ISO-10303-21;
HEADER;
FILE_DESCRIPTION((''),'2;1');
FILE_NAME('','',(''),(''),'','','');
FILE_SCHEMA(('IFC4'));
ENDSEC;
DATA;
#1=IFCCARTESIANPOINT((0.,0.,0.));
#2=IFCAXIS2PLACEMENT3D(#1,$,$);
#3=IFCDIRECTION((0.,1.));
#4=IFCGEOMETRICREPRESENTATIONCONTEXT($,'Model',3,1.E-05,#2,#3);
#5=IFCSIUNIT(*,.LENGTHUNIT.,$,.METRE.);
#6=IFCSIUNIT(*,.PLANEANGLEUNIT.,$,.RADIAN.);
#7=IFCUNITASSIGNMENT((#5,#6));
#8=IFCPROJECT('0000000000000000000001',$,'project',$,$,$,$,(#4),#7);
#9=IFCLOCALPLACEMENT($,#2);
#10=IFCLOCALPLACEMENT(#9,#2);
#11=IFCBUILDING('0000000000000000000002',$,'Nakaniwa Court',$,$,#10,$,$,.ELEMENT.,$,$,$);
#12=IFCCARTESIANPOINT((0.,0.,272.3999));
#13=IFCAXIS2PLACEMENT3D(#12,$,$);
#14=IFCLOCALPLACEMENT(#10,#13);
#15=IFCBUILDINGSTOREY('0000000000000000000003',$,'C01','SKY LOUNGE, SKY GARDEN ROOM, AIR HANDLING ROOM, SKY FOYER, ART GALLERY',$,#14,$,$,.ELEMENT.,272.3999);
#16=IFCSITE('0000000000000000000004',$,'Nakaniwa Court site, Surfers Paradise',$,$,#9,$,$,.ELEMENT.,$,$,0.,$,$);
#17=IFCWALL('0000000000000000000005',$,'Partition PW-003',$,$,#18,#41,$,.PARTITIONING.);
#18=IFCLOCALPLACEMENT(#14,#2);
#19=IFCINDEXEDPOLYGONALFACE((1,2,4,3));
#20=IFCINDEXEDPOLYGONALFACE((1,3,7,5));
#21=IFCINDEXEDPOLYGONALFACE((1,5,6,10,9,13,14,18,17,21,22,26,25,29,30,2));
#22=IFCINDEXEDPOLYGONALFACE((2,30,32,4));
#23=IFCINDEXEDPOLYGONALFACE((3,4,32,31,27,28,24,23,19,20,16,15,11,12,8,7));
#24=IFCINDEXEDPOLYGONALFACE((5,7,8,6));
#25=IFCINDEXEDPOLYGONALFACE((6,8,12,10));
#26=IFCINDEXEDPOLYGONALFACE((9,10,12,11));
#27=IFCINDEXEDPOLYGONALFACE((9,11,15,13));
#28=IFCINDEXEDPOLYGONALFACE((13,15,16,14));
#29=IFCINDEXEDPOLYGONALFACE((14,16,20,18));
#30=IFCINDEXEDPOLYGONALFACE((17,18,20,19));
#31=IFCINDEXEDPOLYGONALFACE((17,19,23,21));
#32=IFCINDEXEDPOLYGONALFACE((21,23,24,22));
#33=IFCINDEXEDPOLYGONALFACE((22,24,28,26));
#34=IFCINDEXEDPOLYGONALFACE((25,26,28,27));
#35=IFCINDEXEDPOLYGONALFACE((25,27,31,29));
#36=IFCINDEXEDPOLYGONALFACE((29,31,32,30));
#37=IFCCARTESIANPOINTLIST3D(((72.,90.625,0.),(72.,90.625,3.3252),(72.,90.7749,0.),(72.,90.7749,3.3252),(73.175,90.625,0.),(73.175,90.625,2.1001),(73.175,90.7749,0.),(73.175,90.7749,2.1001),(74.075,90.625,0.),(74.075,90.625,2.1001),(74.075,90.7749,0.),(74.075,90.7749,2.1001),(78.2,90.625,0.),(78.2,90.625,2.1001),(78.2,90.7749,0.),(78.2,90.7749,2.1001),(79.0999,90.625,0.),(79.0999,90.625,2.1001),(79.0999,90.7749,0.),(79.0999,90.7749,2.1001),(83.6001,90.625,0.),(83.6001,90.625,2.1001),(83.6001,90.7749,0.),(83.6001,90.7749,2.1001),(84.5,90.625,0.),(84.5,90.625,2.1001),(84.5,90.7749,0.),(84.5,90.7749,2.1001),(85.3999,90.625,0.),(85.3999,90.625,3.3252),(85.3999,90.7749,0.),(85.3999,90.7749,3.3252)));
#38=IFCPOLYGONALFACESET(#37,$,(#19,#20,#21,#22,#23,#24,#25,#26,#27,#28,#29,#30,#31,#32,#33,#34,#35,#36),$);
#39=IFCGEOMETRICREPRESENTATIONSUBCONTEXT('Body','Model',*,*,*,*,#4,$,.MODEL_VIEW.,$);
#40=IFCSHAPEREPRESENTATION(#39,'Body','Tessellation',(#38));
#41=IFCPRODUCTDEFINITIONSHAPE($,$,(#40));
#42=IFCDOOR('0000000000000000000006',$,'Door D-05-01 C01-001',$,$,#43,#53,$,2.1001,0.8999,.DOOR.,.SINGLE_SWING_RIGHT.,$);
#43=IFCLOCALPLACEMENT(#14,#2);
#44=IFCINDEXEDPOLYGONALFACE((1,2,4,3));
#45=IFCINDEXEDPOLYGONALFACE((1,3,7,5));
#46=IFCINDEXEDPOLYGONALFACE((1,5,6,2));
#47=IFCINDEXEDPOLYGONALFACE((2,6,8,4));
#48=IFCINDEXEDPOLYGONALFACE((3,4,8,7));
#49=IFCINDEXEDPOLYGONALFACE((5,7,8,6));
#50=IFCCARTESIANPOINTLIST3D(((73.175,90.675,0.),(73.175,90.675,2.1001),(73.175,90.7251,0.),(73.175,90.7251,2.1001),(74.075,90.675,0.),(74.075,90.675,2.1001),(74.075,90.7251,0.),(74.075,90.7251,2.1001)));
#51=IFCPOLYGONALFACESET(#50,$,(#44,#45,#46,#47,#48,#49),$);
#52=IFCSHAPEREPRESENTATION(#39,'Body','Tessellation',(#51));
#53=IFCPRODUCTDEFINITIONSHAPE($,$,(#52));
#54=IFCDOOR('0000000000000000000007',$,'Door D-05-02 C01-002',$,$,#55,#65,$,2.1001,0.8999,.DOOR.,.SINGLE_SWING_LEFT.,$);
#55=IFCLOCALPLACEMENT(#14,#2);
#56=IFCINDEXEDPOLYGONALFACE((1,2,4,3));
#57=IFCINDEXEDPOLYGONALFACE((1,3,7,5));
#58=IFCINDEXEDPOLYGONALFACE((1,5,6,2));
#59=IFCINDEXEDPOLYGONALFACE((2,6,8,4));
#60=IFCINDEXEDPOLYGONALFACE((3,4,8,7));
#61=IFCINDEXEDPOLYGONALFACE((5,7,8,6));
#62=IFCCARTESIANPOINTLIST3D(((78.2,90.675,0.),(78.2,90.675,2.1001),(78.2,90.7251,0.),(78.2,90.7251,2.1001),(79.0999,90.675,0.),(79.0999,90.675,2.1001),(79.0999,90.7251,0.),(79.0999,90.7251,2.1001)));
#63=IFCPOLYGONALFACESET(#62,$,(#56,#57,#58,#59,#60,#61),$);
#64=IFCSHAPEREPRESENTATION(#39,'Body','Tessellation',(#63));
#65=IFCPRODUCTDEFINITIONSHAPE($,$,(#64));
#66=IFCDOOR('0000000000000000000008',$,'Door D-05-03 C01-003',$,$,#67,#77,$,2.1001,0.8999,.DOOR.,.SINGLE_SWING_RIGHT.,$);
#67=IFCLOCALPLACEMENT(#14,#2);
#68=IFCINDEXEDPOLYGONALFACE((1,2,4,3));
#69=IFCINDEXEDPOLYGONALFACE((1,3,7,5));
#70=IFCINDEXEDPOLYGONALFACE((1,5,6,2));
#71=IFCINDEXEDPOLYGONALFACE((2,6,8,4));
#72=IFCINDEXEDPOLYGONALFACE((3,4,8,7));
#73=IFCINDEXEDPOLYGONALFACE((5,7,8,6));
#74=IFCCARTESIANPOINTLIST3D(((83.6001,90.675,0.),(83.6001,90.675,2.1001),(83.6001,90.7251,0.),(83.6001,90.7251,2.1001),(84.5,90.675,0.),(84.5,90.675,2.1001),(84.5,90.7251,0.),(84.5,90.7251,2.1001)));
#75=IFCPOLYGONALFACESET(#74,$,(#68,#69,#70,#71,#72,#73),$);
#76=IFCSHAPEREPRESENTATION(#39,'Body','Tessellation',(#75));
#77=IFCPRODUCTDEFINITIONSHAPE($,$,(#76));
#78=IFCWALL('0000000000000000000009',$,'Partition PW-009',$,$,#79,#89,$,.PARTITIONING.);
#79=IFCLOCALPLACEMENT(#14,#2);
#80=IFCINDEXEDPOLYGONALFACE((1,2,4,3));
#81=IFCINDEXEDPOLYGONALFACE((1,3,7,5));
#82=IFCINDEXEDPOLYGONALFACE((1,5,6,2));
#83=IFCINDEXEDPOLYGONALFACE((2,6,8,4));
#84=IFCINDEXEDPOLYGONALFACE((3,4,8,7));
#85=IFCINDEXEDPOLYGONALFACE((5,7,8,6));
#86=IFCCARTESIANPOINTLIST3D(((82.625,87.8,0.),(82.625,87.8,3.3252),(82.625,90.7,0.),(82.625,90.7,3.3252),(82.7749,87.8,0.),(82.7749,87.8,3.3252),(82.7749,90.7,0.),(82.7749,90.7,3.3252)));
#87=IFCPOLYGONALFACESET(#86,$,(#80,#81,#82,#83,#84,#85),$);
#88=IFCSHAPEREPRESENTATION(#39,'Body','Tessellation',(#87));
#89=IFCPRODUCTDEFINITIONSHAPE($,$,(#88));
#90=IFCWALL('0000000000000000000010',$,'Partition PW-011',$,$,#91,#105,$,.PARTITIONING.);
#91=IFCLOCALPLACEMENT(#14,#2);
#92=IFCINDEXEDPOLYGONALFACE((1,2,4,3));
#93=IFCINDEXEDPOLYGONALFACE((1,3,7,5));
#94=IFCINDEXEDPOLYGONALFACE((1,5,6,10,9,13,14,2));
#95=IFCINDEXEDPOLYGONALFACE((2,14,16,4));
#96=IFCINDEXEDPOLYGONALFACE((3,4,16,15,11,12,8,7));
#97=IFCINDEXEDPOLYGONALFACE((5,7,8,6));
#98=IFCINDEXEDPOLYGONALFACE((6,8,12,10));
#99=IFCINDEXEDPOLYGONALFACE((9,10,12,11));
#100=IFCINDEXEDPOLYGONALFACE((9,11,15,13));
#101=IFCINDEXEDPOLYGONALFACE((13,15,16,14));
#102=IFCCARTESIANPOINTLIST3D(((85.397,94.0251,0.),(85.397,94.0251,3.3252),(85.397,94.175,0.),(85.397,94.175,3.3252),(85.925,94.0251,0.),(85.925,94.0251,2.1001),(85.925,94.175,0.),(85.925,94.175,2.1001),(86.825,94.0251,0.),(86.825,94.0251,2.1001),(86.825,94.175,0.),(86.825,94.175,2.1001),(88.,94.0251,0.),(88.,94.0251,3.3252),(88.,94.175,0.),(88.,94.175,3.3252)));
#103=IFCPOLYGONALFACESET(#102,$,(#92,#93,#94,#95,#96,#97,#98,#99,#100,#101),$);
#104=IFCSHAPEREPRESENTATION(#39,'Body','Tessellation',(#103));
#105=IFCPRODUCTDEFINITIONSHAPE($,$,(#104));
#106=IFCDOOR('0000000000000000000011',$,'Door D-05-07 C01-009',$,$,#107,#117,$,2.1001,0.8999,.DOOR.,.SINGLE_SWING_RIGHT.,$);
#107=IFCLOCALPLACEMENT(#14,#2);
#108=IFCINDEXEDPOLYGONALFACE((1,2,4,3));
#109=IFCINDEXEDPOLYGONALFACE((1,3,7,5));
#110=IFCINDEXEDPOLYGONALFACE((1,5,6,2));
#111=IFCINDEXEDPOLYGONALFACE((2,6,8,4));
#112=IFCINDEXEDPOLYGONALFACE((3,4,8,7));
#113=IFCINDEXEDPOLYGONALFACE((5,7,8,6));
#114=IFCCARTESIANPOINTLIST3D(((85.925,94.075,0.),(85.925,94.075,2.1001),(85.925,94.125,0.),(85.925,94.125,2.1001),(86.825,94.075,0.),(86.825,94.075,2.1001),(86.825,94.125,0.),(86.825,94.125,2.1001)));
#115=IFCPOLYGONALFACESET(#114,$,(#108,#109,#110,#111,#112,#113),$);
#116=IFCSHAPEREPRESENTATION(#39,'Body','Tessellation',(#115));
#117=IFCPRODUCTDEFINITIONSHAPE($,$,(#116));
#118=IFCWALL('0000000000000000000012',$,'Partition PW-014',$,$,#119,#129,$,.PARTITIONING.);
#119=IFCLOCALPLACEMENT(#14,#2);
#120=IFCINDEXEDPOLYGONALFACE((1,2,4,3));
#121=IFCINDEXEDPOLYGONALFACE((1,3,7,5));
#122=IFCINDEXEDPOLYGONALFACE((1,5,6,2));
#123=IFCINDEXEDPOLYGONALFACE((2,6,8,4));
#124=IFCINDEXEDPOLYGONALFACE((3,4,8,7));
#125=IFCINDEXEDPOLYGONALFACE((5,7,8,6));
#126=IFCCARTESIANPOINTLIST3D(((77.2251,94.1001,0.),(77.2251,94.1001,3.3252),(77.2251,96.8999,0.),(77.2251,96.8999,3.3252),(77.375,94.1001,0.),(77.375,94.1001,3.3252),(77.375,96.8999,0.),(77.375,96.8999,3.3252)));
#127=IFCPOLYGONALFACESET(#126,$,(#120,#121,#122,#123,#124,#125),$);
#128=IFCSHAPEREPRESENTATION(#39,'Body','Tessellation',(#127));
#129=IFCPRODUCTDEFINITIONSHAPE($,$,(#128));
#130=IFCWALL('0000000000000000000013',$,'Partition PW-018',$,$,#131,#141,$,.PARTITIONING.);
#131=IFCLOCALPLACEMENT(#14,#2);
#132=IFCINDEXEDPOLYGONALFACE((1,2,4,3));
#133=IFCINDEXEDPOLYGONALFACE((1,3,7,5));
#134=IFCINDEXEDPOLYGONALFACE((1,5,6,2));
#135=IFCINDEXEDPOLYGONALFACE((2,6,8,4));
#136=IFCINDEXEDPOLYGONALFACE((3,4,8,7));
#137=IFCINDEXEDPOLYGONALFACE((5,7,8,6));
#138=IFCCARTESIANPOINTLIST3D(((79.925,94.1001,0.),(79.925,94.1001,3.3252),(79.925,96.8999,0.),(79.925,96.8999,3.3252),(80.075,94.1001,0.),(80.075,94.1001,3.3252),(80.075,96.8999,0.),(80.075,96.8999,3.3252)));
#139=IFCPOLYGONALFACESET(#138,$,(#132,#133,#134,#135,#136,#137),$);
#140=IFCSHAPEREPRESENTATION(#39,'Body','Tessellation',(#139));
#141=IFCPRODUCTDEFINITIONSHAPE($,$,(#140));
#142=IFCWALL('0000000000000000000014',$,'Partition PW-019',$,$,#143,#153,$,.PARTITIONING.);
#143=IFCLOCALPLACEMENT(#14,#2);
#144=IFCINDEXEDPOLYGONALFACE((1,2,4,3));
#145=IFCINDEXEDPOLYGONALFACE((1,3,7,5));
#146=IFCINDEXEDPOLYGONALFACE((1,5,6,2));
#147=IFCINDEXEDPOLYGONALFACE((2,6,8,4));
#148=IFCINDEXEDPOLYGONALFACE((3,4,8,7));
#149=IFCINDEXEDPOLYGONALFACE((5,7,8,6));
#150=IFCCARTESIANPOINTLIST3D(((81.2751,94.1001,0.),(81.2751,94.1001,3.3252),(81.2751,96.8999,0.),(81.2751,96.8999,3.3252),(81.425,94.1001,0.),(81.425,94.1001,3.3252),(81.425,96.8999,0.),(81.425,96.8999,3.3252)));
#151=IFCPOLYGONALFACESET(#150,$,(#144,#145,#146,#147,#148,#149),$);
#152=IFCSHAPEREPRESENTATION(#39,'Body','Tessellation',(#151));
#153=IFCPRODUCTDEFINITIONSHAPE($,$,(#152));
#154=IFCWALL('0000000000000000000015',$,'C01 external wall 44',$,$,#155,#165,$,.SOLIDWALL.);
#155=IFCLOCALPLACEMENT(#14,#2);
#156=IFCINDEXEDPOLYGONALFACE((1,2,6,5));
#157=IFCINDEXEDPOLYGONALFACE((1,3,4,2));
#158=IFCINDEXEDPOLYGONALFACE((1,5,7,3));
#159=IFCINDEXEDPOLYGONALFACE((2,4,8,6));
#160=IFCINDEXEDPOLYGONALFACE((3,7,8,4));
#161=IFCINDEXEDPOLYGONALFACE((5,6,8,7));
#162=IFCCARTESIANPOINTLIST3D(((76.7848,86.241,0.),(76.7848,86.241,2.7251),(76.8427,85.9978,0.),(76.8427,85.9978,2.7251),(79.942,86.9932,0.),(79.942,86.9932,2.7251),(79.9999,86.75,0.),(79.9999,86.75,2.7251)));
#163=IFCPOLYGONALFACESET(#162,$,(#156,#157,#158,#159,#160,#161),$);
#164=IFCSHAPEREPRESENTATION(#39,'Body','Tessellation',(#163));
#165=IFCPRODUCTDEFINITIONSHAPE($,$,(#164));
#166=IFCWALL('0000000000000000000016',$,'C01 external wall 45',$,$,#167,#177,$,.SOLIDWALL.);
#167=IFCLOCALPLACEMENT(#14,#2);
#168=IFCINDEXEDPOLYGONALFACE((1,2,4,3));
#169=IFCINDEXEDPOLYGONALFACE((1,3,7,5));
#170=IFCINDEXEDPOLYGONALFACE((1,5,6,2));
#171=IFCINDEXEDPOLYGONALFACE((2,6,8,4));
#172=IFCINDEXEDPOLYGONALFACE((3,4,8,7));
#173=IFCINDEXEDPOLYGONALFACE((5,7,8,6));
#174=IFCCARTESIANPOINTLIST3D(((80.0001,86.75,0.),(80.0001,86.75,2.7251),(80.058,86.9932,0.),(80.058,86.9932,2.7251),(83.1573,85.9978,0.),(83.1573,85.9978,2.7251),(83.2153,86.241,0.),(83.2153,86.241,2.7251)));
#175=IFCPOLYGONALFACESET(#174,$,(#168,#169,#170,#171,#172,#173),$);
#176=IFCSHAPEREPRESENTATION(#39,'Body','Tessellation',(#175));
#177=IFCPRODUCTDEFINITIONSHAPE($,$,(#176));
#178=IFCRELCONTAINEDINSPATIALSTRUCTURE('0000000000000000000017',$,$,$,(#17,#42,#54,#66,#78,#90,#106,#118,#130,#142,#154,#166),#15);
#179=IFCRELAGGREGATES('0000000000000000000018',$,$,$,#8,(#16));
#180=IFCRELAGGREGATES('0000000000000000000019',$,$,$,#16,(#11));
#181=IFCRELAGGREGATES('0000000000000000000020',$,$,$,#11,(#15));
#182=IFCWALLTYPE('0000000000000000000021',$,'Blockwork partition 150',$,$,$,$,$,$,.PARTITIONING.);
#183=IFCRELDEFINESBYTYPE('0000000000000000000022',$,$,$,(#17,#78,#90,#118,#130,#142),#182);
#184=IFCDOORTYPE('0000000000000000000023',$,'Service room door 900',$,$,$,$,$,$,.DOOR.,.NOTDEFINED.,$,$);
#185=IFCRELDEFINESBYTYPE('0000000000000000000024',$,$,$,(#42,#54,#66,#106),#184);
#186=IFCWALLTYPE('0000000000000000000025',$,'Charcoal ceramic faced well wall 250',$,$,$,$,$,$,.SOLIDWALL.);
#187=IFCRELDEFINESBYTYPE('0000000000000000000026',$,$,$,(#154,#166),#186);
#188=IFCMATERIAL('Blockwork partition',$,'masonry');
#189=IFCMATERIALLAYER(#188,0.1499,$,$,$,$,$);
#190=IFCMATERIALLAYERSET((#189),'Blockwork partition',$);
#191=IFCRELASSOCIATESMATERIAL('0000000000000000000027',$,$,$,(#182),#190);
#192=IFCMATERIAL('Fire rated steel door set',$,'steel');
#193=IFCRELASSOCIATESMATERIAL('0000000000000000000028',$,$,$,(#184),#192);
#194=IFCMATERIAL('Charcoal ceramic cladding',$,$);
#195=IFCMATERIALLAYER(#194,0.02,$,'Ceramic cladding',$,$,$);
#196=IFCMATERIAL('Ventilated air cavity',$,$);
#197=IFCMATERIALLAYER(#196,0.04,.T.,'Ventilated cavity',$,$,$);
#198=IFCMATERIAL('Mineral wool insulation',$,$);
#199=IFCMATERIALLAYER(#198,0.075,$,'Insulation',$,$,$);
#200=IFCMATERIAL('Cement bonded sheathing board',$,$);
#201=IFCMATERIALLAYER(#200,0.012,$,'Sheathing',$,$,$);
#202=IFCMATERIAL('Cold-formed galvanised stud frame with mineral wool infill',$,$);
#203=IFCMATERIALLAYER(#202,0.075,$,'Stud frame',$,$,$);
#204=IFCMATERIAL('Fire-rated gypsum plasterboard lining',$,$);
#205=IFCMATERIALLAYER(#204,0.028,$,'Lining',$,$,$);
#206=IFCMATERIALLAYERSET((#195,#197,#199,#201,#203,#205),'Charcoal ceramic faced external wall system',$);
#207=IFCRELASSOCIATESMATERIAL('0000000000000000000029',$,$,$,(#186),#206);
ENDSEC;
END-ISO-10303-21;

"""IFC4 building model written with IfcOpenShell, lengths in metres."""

from ifc_helpers import new_model, si_unit, direction, frame, frame_2d, origin, place, context, subcontext, project, spatial, rectangle, extrude, material, layer, layer_set, type_object, element, fill, save


model = new_model("IFC4")

# Units and contexts
model_context = context("Model", 3, precision=1e-05, world=origin(), true_north=direction((0.0, 1.0)))
body_context = subcontext(model_context, "Body", "Model", "MODEL_VIEW")
ifc_project = project(units=[si_unit("LENGTHUNIT", "METRE"), si_unit("PLANEANGLEUNIT", "RADIAN")], contexts=[model_context])

# Site, building, storey
site_placement = place(None, origin())
site = spatial("IfcSite", under=ifc_project, at=site_placement, Name="Nakaniwa Court site, Surfers Paradise", CompositionType="ELEMENT", RefElevation=0.0)
building_placement = place(site_placement, origin())
building = spatial("IfcBuilding", under=site, at=building_placement, Name="Nakaniwa Court", CompositionType="ELEMENT")
storey_placement = place(building_placement, frame((0.0, 0.0, 272.3999)))
storey = spatial("IfcBuildingStorey", under=building, at=storey_placement, Name="C01", Description="SKY LOUNGE, SKY GARDEN ROOM, AIR HANDLING ROOM, SKY FOYER, ART GALLERY", CompositionType="ELEMENT", Elevation=272.3999)

# Wall, openings, doors
ifc_material_1 = material(Name="Blockwork partition", Category="masonry")
ifc_layer_1 = layer(ifc_material_1, 0.1499)
ifc_layer_set_1 = layer_set([ifc_layer_1], Name="Blockwork partition")
wall_type_1 = type_object("IfcWallType", Name="Blockwork partition 150", PredefinedType="PARTITIONING", material=ifc_layer_set_1)
wall_1_placement = place(storey_placement, frame((85.3999, 90.7, 0.0), z_axis=(0.0, 0.0, 1.0), x_axis=(-1.0, 0.0, 0.0)))
wall_1 = element("IfcWall", 1, at=wall_1_placement, inside=storey, type_object=wall_type_1, Name="Partition PW-003", PredefinedType="PARTITIONING", context=body_context, shape_type="SweptSolid", body=[
    extrude(rectangle(XDim=13.3999, YDim=0.1499, at=frame_2d((6.7, 0.0))), origin(), (0.0, 0.0, 1.0), 3.3252),
])
opening_1_placement = place(wall_1_placement, frame((11.325, 0.0, 0.0)))
opening_1 = element("IfcOpeningElement", 2, at=opening_1_placement, cuts=wall_1, PredefinedType="OPENING", context=body_context, shape_type="SweptSolid", body=[
    extrude(rectangle(XDim=0.8999, YDim=2.1001, at=frame_2d((0.45, 1.05))), frame((0.0, 0.085, 0.0), z_axis=(0.0, -1.0, 0.0), x_axis=(1.0, 0.0, 0.0)), (0.0, 0.0, 1.0), 0.1699),
])
opening_2_placement = place(wall_1_placement, frame((6.3, 0.0, 0.0)))
opening_2 = element("IfcOpeningElement", 3, at=opening_2_placement, cuts=wall_1, PredefinedType="OPENING", context=body_context, shape_type="SweptSolid", body=[
    extrude(rectangle(XDim=0.8999, YDim=2.1001, at=frame_2d((0.45, 1.05))), frame((0.0, 0.085, 0.0), z_axis=(0.0, -1.0, 0.0), x_axis=(1.0, 0.0, 0.0)), (0.0, 0.0, 1.0), 0.1699),
])
opening_3_placement = place(wall_1_placement, frame((0.8999, 0.0, 0.0)))
opening_3 = element("IfcOpeningElement", 4, at=opening_3_placement, cuts=wall_1, PredefinedType="OPENING", context=body_context, shape_type="SweptSolid", body=[
    extrude(rectangle(XDim=0.8999, YDim=2.1001, at=frame_2d((0.45, 1.05))), frame((0.0, 0.085, 0.0), z_axis=(0.0, -1.0, 0.0), x_axis=(1.0, 0.0, 0.0)), (0.0, 0.0, 1.0), 0.1699),
])
ifc_material_2 = material(Name="Fire rated steel door set", Category="steel")
door_type_1 = type_object("IfcDoorType", Name="Service room door 900", OperationType="NOTDEFINED", PredefinedType="DOOR", material=ifc_material_2)
door_1_placement = place(opening_1_placement, origin())
door_1 = element("IfcDoor", 5, at=door_1_placement, inside=storey, type_object=door_type_1, Name="Door D-05-01 C01-001", OperationType="SINGLE_SWING_RIGHT", OverallHeight=2.1001, OverallWidth=0.8999, PredefinedType="DOOR", context=body_context, shape_type="SweptSolid", body=[
    extrude(rectangle(XDim=0.8999, YDim=2.1001, at=frame_2d((0.45, 1.05))), frame((0.0, 0.0249, 0.0), z_axis=(0.0, -1.0, 0.0), x_axis=(1.0, 0.0, 0.0)), (0.0, 0.0, 1.0), 0.05),
])
fill(opening_1, door_1)
door_2_placement = place(opening_2_placement, origin())
door_2 = element("IfcDoor", 6, at=door_2_placement, inside=storey, type_object=door_type_1, Name="Door D-05-02 C01-002", OperationType="SINGLE_SWING_LEFT", OverallHeight=2.1001, OverallWidth=0.8999, PredefinedType="DOOR", context=body_context, shape_type="SweptSolid", body=[
    extrude(rectangle(XDim=0.8999, YDim=2.1001, at=frame_2d((0.45, 1.05))), frame((0.0, 0.0249, 0.0), z_axis=(0.0, -1.0, 0.0), x_axis=(1.0, 0.0, 0.0)), (0.0, 0.0, 1.0), 0.05),
])
fill(opening_2, door_2)
door_3_placement = place(opening_3_placement, origin())
door_3 = element("IfcDoor", 7, at=door_3_placement, inside=storey, type_object=door_type_1, Name="Door D-05-03 C01-003", OperationType="SINGLE_SWING_RIGHT", OverallHeight=2.1001, OverallWidth=0.8999, PredefinedType="DOOR", context=body_context, shape_type="SweptSolid", body=[
    extrude(rectangle(XDim=0.8999, YDim=2.1001, at=frame_2d((0.45, 1.05))), frame((0.0, 0.0249, 0.0), z_axis=(0.0, -1.0, 0.0), x_axis=(1.0, 0.0, 0.0)), (0.0, 0.0, 1.0), 0.05),
])
fill(opening_3, door_3)

# Wall
wall_2_placement = place(storey_placement, frame((82.7, 87.8, 0.0), z_axis=(0.0, 0.0, 1.0), x_axis=(0.0, 1.0, 0.0)))
element("IfcWall", 8, at=wall_2_placement, inside=storey, type_object=wall_type_1, Name="Partition PW-009", PredefinedType="PARTITIONING", context=body_context, shape_type="SweptSolid", body=[
    extrude(rectangle(XDim=2.8999, YDim=0.1499, at=frame_2d((1.45, 0.0))), origin(), (0.0, 0.0, 1.0), 3.3252),
])

# Wall, opening, door
wall_3_placement = place(storey_placement, frame((85.397, 94.1001, 0.0), z_axis=(0.0, 0.0, 1.0), x_axis=(1.0, 0.0, 0.0)))
wall_3 = element("IfcWall", 9, at=wall_3_placement, inside=storey, type_object=wall_type_1, Name="Partition PW-011", PredefinedType="PARTITIONING", context=body_context, shape_type="SweptSolid", body=[
    extrude(rectangle(XDim=2.603, YDim=0.1499, at=frame_2d((1.3015, 0.0))), origin(), (0.0, 0.0, 1.0), 3.3252),
])
opening_4_placement = place(wall_3_placement, frame((0.5281, 0.0, 0.0)))
opening_4 = element("IfcOpeningElement", 10, at=opening_4_placement, cuts=wall_3, PredefinedType="OPENING", context=body_context, shape_type="SweptSolid", body=[
    extrude(rectangle(XDim=0.8999, YDim=2.1001, at=frame_2d((0.45, 1.05))), frame((0.0, 0.085, 0.0), z_axis=(0.0, -1.0, 0.0), x_axis=(1.0, 0.0, 0.0)), (0.0, 0.0, 1.0), 0.1699),
])
door_4_placement = place(opening_4_placement, origin())
door_4 = element("IfcDoor", 11, at=door_4_placement, inside=storey, type_object=door_type_1, Name="Door D-05-07 C01-009", OperationType="SINGLE_SWING_RIGHT", OverallHeight=2.1001, OverallWidth=0.8999, PredefinedType="DOOR", context=body_context, shape_type="SweptSolid", body=[
    extrude(rectangle(XDim=0.8999, YDim=2.1001, at=frame_2d((0.45, 1.05))), frame((0.0, 0.0249, 0.0), z_axis=(0.0, -1.0, 0.0), x_axis=(1.0, 0.0, 0.0)), (0.0, 0.0, 1.0), 0.05),
])
fill(opening_4, door_4)

# Walls
for number, where, z_axis, x_axis, name in (
    (12, (77.3, 94.1001, 0.0), (0.0, 0.0, 1.0), (0.0, 1.0, 0.0), "Partition PW-014"),
    (13, (80.0, 94.1001, 0.0), (0.0, 0.0, 1.0), (0.0, 1.0, 0.0), "Partition PW-018"),
    (14, (81.3501, 94.1001, 0.0), (0.0, 0.0, 1.0), (0.0, 1.0, 0.0), "Partition PW-019"),
):
    element("IfcWall", number, at=place(storey_placement, frame(where, z_axis=z_axis, x_axis=x_axis)), inside=storey, type_object=wall_type_1, Name=name, PredefinedType="PARTITIONING", context=body_context, shape_type="SweptSolid", body=[
        extrude(rectangle(XDim=2.7998, YDim=0.1499, at=frame_2d((1.3999, 0.0))), origin(), (0.0, 0.0, 1.0), 3.3252),
    ])
ifc_material_3 = material(Name="Charcoal ceramic cladding")
ifc_layer_2 = layer(ifc_material_3, 0.02, Name="Ceramic cladding")
ifc_material_4 = material(Name="Ventilated air cavity")
ifc_layer_3 = layer(ifc_material_4, 0.04, ventilated=True, Name="Ventilated cavity")
ifc_material_5 = material(Name="Mineral wool insulation")
ifc_layer_4 = layer(ifc_material_5, 0.075, Name="Insulation")
ifc_material_6 = material(Name="Cement bonded sheathing board")
ifc_layer_5 = layer(ifc_material_6, 0.012, Name="Sheathing")
ifc_material_7 = material(Name="Cold-formed galvanised stud frame with mineral wool infill")
ifc_layer_6 = layer(ifc_material_7, 0.075, Name="Stud frame")
ifc_material_8 = material(Name="Fire-rated gypsum plasterboard lining")
ifc_layer_7 = layer(ifc_material_8, 0.028, Name="Lining")
ifc_layer_set_2 = layer_set([ifc_layer_2, ifc_layer_3, ifc_layer_4, ifc_layer_5, ifc_layer_6, ifc_layer_7], Name="Charcoal ceramic faced external wall system")
wall_type_2 = type_object("IfcWallType", Name="Charcoal ceramic faced well wall 250", PredefinedType="SOLIDWALL", material=ifc_layer_set_2)
for number, where, z_axis, x_axis, name in (
    (15, (76.8137, 86.1194, 0.0), (0.0, 0.0, 1.0), (0.972773, 0.23176, 0.0), "C01 external wall 44"),
    (16, (80.0291, 86.8716, 0.0), (0.0, 0.0, 1.0), (0.972773, -0.23176, 0.0), "C01 external wall 45"),
):
    element("IfcWall", number, at=place(storey_placement, frame(where, z_axis=z_axis, x_axis=x_axis)), inside=storey, type_object=wall_type_2, Name=name, PredefinedType="SOLIDWALL", context=body_context, shape_type="SweptSolid", body=[
        extrude(rectangle(XDim=3.2456, YDim=0.25, at=frame_2d((1.6228, 0.0))), origin(), (0.0, 0.0, 1.0), 2.7251),
    ])

save(model, "model.ifc")
